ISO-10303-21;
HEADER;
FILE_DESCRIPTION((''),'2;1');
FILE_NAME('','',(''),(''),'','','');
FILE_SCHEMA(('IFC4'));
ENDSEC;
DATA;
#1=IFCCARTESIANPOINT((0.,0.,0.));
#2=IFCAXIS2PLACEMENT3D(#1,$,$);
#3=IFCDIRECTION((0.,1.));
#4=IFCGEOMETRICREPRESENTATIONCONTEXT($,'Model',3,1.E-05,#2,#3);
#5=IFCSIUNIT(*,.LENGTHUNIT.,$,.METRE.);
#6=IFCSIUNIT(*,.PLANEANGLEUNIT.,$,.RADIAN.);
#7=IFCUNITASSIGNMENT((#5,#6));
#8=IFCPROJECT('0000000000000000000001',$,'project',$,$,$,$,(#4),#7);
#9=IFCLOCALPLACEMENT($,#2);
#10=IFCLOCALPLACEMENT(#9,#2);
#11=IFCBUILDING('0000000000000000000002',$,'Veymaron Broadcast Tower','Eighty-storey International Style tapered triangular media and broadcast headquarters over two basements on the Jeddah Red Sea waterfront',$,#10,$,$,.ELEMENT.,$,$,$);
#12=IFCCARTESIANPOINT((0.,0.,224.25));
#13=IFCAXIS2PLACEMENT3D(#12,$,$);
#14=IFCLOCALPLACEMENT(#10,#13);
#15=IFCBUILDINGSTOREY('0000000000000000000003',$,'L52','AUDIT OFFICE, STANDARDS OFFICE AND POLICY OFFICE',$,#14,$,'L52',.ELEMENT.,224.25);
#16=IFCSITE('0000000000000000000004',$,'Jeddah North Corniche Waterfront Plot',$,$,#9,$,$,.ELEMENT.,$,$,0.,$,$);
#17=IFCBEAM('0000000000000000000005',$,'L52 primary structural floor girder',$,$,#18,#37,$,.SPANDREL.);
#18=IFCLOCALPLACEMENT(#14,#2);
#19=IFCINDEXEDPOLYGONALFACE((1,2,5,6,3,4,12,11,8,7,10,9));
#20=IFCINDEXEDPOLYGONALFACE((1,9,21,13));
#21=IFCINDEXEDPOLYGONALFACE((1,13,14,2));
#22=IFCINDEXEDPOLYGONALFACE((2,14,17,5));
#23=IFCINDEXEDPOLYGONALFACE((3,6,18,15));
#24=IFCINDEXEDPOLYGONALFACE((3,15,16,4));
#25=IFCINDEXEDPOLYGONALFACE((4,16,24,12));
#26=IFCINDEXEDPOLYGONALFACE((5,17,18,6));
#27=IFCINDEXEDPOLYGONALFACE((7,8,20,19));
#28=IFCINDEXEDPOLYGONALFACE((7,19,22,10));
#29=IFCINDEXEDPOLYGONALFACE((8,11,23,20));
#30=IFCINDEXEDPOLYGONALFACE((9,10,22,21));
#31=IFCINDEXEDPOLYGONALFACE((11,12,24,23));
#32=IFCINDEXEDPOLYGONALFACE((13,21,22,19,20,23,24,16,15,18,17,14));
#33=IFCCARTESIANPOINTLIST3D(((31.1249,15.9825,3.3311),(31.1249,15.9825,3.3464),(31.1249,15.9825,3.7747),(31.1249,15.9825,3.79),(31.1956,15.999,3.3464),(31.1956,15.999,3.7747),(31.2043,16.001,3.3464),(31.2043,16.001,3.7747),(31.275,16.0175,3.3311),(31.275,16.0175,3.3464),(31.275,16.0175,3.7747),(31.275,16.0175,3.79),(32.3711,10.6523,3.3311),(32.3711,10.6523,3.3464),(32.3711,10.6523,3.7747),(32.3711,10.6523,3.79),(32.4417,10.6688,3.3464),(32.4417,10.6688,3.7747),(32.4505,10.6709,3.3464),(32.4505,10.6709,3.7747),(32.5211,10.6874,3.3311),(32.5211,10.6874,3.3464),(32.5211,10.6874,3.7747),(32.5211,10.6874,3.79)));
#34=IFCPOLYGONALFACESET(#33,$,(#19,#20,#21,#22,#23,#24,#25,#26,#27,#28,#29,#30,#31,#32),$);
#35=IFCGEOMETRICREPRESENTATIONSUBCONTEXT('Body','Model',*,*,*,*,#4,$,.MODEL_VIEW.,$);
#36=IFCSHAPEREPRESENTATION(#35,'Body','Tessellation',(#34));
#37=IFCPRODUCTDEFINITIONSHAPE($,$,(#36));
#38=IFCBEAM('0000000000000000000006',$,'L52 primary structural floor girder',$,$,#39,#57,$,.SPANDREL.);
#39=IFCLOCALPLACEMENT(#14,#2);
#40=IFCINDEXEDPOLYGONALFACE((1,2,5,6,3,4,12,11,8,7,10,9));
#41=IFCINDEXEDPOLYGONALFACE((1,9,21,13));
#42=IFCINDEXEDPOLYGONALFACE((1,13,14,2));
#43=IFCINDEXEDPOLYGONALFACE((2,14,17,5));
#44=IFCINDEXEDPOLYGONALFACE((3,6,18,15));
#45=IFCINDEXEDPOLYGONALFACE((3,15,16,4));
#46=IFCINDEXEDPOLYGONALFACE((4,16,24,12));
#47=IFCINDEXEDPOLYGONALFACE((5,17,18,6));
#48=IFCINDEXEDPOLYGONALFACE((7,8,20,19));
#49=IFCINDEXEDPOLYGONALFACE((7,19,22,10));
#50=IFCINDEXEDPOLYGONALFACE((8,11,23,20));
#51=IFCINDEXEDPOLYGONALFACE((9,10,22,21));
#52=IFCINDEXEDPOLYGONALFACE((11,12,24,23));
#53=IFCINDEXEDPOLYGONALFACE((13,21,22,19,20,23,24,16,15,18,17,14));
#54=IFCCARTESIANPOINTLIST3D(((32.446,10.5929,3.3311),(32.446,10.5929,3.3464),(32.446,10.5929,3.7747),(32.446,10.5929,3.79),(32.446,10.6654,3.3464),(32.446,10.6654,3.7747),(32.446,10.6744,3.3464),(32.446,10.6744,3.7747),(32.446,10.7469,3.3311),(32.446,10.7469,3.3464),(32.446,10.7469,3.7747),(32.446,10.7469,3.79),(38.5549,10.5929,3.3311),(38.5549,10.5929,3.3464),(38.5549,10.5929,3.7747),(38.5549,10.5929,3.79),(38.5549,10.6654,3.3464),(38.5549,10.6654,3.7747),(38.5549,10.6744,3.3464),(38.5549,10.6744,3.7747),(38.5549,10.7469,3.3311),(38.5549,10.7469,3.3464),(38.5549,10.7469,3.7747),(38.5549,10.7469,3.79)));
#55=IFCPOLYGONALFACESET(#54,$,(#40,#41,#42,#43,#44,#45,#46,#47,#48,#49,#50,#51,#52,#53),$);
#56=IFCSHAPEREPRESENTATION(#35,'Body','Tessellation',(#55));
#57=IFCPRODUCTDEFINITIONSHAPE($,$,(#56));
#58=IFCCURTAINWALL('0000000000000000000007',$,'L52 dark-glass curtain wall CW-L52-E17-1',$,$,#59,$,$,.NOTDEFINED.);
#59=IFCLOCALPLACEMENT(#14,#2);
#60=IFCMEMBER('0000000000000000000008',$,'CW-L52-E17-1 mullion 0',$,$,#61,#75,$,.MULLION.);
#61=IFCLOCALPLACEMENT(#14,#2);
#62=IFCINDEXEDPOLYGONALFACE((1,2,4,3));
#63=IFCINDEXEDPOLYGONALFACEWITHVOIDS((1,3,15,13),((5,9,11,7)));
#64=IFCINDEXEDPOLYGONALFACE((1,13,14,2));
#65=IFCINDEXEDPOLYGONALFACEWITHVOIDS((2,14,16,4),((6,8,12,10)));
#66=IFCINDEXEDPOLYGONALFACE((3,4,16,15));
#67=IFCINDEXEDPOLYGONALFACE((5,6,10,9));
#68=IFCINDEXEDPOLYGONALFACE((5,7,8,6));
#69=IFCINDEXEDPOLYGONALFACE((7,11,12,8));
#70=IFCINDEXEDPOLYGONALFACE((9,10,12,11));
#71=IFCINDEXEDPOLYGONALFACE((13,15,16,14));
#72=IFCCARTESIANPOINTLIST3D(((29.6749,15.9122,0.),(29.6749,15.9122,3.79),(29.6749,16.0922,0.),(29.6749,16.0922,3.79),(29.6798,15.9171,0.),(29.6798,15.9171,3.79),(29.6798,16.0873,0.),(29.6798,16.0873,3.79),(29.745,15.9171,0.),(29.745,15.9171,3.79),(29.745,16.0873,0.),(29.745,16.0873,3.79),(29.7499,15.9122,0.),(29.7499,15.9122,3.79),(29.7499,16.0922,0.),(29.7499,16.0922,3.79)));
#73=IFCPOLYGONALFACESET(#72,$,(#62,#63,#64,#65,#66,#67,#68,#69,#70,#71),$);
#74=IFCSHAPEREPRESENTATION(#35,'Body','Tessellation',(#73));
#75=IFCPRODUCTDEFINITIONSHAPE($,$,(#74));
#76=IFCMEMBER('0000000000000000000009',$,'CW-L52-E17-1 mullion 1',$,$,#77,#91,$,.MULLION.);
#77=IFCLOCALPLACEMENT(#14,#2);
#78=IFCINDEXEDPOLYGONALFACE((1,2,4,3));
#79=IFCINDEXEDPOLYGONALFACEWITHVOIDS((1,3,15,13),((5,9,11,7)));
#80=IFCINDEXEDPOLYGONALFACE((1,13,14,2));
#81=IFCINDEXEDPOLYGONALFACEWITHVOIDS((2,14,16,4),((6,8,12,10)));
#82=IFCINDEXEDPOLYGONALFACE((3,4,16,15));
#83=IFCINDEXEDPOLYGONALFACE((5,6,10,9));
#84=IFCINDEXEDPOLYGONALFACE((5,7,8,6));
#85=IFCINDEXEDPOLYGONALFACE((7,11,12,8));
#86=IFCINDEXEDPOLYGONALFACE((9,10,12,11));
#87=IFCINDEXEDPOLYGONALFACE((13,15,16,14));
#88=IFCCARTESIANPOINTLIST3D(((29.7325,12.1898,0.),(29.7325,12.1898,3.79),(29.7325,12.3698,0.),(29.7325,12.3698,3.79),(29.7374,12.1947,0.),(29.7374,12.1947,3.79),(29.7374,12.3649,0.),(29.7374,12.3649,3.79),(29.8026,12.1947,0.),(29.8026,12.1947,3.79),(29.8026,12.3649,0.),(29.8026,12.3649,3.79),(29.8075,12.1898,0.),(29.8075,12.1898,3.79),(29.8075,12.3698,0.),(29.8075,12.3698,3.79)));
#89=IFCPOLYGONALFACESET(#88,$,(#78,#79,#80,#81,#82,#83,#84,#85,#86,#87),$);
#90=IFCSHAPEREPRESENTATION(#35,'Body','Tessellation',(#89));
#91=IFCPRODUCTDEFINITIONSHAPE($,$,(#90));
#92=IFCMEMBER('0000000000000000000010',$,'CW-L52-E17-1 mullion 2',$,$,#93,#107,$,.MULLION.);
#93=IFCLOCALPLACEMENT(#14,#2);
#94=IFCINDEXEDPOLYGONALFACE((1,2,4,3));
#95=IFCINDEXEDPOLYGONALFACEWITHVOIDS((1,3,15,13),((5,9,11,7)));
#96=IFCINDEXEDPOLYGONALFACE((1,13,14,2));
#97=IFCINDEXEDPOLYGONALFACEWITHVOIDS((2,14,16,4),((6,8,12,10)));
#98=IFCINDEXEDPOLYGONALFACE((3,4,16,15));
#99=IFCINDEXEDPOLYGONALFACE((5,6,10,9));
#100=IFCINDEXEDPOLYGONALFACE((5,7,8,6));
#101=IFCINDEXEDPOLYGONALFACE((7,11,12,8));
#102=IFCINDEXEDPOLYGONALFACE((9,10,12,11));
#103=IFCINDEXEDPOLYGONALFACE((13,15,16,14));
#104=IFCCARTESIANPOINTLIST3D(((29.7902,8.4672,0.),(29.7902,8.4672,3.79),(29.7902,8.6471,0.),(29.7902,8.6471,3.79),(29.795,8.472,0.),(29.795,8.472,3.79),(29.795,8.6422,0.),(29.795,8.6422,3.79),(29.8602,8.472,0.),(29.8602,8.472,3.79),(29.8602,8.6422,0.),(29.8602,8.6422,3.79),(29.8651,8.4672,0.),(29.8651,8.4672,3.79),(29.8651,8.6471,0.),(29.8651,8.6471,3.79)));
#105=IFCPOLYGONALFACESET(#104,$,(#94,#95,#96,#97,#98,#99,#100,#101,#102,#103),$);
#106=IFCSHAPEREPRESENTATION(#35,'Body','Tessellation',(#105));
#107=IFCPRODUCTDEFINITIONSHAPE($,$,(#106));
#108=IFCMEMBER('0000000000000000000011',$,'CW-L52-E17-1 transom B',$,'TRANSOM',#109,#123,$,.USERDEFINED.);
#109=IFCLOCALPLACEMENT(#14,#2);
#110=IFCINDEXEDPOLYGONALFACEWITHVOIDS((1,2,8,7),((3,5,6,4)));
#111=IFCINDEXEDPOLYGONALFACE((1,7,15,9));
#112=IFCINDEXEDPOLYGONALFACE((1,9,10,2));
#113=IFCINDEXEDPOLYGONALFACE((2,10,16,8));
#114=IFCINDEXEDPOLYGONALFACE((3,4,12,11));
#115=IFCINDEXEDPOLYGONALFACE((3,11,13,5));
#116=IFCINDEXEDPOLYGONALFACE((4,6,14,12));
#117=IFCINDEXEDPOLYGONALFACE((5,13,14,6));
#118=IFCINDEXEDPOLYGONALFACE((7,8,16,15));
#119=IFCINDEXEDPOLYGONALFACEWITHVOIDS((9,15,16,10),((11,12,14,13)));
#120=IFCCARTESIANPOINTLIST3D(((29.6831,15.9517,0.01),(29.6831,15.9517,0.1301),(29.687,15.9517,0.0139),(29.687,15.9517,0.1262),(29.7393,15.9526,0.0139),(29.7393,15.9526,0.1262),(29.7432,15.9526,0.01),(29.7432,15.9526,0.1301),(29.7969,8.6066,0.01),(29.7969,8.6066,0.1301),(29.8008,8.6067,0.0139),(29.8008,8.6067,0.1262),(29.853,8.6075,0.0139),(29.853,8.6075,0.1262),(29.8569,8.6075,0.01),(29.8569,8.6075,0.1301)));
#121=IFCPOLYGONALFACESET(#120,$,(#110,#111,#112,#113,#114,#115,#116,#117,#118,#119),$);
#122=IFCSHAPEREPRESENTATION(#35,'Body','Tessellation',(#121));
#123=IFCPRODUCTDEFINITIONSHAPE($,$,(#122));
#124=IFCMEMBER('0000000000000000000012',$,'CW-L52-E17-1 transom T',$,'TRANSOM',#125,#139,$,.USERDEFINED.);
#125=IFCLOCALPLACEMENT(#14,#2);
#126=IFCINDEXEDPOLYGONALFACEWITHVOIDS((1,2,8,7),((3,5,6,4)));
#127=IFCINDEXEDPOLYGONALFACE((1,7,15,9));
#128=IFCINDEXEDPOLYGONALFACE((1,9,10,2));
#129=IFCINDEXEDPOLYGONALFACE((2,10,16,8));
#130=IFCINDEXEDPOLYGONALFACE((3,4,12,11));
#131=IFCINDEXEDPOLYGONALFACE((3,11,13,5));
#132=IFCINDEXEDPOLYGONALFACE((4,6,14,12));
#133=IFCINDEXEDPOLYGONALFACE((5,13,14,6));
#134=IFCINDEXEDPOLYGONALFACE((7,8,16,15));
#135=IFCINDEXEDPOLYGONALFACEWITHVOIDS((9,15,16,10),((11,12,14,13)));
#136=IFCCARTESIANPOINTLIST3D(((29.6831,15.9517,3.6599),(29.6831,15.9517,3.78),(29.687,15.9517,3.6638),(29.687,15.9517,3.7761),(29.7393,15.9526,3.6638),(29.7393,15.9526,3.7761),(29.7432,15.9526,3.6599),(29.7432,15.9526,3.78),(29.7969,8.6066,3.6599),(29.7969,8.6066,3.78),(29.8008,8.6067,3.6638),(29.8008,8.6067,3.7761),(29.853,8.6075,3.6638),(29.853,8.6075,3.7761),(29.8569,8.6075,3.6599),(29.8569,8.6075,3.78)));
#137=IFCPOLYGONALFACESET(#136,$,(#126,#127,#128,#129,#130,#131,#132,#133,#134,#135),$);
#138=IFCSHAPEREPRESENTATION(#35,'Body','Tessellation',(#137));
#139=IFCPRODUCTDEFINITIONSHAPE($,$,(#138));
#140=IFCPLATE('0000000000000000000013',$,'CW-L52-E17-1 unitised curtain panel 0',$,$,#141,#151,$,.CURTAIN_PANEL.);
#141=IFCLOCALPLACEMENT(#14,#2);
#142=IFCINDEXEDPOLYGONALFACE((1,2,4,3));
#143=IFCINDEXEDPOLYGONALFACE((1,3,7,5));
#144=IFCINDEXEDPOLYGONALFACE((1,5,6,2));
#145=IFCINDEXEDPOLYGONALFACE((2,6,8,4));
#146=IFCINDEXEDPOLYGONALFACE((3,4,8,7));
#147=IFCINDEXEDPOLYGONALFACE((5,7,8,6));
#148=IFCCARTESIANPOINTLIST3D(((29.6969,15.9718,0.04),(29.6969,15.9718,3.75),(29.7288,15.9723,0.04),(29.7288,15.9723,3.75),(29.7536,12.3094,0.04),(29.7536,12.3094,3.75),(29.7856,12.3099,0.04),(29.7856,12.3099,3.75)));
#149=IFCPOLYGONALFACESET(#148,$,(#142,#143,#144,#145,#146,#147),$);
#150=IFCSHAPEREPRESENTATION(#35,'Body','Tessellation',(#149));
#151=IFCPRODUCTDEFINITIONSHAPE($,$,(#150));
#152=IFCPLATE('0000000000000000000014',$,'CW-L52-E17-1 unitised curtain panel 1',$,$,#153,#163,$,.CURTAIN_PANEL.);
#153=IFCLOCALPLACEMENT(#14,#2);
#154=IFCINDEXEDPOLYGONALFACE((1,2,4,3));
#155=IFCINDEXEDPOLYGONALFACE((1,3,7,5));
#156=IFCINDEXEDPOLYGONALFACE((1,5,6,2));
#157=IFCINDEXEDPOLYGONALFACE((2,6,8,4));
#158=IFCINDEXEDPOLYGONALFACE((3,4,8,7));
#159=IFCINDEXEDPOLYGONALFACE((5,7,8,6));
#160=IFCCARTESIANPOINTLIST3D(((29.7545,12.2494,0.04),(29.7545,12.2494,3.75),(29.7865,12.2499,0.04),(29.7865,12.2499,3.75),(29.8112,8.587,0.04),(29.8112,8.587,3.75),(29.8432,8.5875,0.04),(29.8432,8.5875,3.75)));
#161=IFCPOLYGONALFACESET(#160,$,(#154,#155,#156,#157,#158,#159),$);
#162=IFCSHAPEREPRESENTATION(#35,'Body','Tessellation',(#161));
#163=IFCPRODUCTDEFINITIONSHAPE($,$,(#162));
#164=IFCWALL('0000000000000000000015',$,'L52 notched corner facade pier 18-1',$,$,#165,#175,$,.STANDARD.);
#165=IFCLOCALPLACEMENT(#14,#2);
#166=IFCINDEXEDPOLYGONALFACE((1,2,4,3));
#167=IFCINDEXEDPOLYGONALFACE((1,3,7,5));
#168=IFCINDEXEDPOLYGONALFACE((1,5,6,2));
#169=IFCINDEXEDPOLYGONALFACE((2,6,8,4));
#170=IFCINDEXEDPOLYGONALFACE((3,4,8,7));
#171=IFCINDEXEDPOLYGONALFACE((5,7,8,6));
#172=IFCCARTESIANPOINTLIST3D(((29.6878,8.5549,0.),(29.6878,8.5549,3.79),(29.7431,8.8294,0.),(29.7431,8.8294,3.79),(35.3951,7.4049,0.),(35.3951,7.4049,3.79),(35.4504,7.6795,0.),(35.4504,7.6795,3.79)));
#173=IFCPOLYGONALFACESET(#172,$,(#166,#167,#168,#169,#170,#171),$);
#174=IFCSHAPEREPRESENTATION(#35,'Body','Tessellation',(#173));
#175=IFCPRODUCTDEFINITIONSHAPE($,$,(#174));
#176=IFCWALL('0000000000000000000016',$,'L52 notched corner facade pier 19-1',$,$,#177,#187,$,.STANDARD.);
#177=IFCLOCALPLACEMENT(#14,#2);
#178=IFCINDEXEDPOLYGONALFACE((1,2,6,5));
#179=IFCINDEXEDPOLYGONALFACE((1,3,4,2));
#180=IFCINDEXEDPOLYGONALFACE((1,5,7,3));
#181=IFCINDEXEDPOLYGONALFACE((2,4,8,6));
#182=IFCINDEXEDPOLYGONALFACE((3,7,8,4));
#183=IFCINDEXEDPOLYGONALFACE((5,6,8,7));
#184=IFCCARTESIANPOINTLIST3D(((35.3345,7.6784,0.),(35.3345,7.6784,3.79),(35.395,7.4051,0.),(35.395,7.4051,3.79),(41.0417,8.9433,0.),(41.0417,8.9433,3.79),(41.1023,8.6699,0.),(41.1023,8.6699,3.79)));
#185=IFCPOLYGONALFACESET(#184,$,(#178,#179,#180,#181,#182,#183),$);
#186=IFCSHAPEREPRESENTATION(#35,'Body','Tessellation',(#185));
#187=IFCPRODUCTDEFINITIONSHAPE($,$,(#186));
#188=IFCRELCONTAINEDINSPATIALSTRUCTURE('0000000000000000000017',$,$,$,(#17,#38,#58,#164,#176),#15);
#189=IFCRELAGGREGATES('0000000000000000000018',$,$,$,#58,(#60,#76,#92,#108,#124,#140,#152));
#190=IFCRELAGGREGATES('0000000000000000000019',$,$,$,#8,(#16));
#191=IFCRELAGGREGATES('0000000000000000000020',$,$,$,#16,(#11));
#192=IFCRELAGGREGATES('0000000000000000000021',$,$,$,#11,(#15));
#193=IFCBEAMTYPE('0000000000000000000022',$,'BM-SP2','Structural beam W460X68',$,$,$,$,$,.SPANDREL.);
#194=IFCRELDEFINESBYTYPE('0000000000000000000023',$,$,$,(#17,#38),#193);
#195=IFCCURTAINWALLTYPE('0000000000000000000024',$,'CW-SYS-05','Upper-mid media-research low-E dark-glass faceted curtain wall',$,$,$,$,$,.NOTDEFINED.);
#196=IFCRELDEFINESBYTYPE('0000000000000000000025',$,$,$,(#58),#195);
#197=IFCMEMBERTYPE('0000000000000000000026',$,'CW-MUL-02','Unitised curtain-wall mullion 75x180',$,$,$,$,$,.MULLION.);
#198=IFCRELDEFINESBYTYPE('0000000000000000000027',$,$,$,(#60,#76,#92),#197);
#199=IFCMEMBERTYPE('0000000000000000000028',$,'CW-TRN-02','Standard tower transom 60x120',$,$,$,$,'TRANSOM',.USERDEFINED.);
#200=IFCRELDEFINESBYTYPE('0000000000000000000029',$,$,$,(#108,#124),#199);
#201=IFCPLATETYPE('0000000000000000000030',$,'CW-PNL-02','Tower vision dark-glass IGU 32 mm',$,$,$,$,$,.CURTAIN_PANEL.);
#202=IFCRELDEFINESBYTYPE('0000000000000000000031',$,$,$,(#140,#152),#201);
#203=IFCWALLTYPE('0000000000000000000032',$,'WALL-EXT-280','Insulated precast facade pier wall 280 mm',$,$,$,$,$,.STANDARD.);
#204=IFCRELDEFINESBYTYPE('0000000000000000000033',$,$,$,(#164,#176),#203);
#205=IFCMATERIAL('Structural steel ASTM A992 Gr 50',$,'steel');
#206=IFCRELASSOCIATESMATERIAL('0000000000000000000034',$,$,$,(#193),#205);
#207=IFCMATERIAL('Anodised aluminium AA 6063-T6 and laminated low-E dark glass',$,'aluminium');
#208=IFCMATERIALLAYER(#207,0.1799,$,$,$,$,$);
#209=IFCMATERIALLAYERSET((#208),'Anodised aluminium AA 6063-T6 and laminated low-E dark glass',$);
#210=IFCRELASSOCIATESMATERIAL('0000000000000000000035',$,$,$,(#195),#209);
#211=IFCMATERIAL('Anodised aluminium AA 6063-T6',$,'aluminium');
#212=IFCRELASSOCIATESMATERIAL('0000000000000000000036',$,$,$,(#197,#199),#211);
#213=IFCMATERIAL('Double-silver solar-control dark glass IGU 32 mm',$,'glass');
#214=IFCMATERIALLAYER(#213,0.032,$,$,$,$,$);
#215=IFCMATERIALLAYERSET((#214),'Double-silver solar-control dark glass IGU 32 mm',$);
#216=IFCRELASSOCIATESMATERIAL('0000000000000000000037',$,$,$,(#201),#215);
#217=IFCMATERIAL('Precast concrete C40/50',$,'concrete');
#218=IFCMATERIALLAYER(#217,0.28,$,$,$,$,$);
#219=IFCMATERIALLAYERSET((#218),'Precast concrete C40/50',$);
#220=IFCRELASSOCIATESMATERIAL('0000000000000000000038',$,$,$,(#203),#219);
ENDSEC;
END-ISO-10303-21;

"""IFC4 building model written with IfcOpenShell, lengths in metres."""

from ifc_helpers import new_model, si_unit, direction, frame, frame_2d, origin, origin_2d, place, context, subcontext, project, spatial, rectangle, hollow_rectangle, i_section, extrude, material, layer, layer_set, material_profile, profile_set, type_object, element, aggregate, save


model = new_model("IFC4")

# Units and contexts
model_context = context("Model", 3, precision=1e-05, world=origin(), true_north=direction((0.0, 1.0)))
body_context = subcontext(model_context, "Body", "Model", "MODEL_VIEW")
ifc_project = project(units=[si_unit("LENGTHUNIT", "METRE"), si_unit("PLANEANGLEUNIT", "RADIAN")], contexts=[model_context])

# Site, building, storey
site_placement = place(None, origin())
site = spatial("IfcSite", under=ifc_project, at=site_placement, Name="Jeddah North Corniche Waterfront Plot", CompositionType="ELEMENT", RefElevation=0.0)
building_placement = place(site_placement, origin())
building = spatial("IfcBuilding", under=site, at=building_placement, Name="Veymaron Broadcast Tower", Description="Eighty-storey International Style tapered triangular media and broadcast headquarters over two basements on the Jeddah Red Sea waterfront", CompositionType="ELEMENT")
storey_placement = place(building_placement, frame((0.0, 0.0, 224.25)))
storey = spatial("IfcBuildingStorey", under=building, at=storey_placement, Name="L52", Description="AUDIT OFFICE, STANDARDS OFFICE AND POLICY OFFICE", LongName="L52", CompositionType="ELEMENT", Elevation=224.25)

# Shared definitions
ifc_material_1 = material(Name="Structural steel ASTM A992 Gr 50", Category="steel")

# Beams
ifc_material_profile_1 = material_profile(ifc_material_1, i_section(OverallWidth=0.1541, OverallDepth=0.459, WebThickness=0.009, FlangeThickness=0.0154, at=origin_2d()), Name="W460X68")
ifc_profile_set_1 = profile_set([ifc_material_profile_1], Name="Structural steel ASTM A992 Gr 50")
beam_type_1 = type_object("IfcBeamType", Name="BM-SP2", Description="Structural beam W460X68", PredefinedType="SPANDREL", material=ifc_profile_set_1)
beam_1_placement = place(storey_placement, frame((31.2, 16.0, 3.5605), z_axis=(0.227647, -0.973744, 0.0), x_axis=(0.973744, 0.227647, 0.0)))
element("IfcBeam", 1, at=beam_1_placement, inside=storey, type_object=beam_type_1, Name="L52 primary structural floor girder", PredefinedType="SPANDREL", context=body_context, shape_type="SweptSolid", body=[
    extrude(i_section(OverallWidth=0.1541, OverallDepth=0.459, WebThickness=0.009, FlangeThickness=0.0154, at=origin_2d()), origin(), (0.0, 0.0, 1.0), 5.4739),
])
beam_2_placement = place(storey_placement, frame((32.446, 10.6699, 3.5605), z_axis=(1.0, 0.0, 0.0), x_axis=(0.0, 1.0, 0.0)))
element("IfcBeam", 2, at=beam_2_placement, inside=storey, type_object=beam_type_1, Name="L52 primary structural floor girder", PredefinedType="SPANDREL", context=body_context, shape_type="SweptSolid", body=[
    extrude(i_section(OverallWidth=0.1541, OverallDepth=0.459, WebThickness=0.009, FlangeThickness=0.0154, at=origin_2d()), origin(), (0.0, 0.0, 1.0), 6.1089),
])

# Curtain wall, members, plates
ifc_material_2 = material(Name="Anodised aluminium AA 6063-T6 and laminated low-E dark glass", Category="aluminium")
ifc_layer_1 = layer(ifc_material_2, 0.1799)
ifc_layer_set_1 = layer_set([ifc_layer_1], Name="Anodised aluminium AA 6063-T6 and laminated low-E dark glass")
curtain_wall_type = type_object("IfcCurtainWallType", Name="CW-SYS-05", Description="Upper-mid media-research low-E dark-glass faceted curtain wall", PredefinedType="NOTDEFINED", material=ifc_layer_set_1)
curtain_wall_placement = place(storey_placement, origin())
curtain_wall = element("IfcCurtainWall", 3, at=curtain_wall_placement, inside=storey, type_object=curtain_wall_type, Name="L52 dark-glass curtain wall CW-L52-E17-1", PredefinedType="NOTDEFINED")
ifc_material_3 = material(Name="Anodised aluminium AA 6063-T6", Category="aluminium")
ifc_material_profile_2 = material_profile(ifc_material_3, hollow_rectangle(XDim=0.075, YDim=0.1799, WallThickness=0.0049, at=origin_2d()), Name="AL180X75X5")
ifc_profile_set_2 = profile_set([ifc_material_profile_2], Name="Anodised aluminium AA 6063-T6")
member_type_1 = type_object("IfcMemberType", Name="CW-MUL-02", Description="Unitised curtain-wall mullion 75x180", PredefinedType="MULLION", material=ifc_profile_set_2)
member_1_placement = place(storey_placement, frame((29.7124, 16.0022, 0.0), z_axis=(0.0, 0.0, 1.0), x_axis=(1.0, 0.0, 0.0)))
member_1 = element("IfcMember", 4, at=member_1_placement, type_object=member_type_1, Name="CW-L52-E17-1 mullion 0", PredefinedType="MULLION", context=body_context, shape_type="SweptSolid", body=[
    extrude(hollow_rectangle(XDim=0.075, YDim=0.1799, WallThickness=0.0049, at=origin_2d()), origin(), (0.0, 0.0, 1.0), 3.79),
])
member_2_placement = place(storey_placement, frame((29.77, 12.2798, 0.0), z_axis=(0.0, 0.0, 1.0), x_axis=(1.0, 0.0, 0.0)))
member_2 = element("IfcMember", 5, at=member_2_placement, type_object=member_type_1, Name="CW-L52-E17-1 mullion 1", PredefinedType="MULLION", context=body_context, shape_type="SweptSolid", body=[
    extrude(hollow_rectangle(XDim=0.075, YDim=0.1799, WallThickness=0.0049, at=origin_2d()), origin(), (0.0, 0.0, 1.0), 3.79),
])
member_3_placement = place(storey_placement, frame((29.8276, 8.5571, 0.0), z_axis=(0.0, 0.0, 1.0), x_axis=(1.0, 0.0, 0.0)))
member_3 = element("IfcMember", 6, at=member_3_placement, type_object=member_type_1, Name="CW-L52-E17-1 mullion 2", PredefinedType="MULLION", context=body_context, shape_type="SweptSolid", body=[
    extrude(hollow_rectangle(XDim=0.075, YDim=0.1799, WallThickness=0.0049, at=origin_2d()), origin(), (0.0, 0.0, 1.0), 3.79),
])
ifc_material_profile_3 = material_profile(ifc_material_3, hollow_rectangle(XDim=0.0601, YDim=0.1201, WallThickness=0.0039, at=origin_2d()), Name="AL120X60X4")
ifc_profile_set_3 = profile_set([ifc_material_profile_3], Name="Anodised aluminium AA 6063-T6")
member_type_2 = type_object("IfcMemberType", Name="CW-TRN-02", Description="Standard tower transom 60x120", ElementType="TRANSOM", PredefinedType="USERDEFINED", material=ifc_profile_set_3)
member_4_placement = place(storey_placement, frame((29.7131, 15.9521, 0.0701), z_axis=(0.015488, -0.99988, 0.0), x_axis=(0.99988, 0.015488, 0.0)))
member_4 = element("IfcMember", 7, at=member_4_placement, type_object=member_type_2, Name="CW-L52-E17-1 transom B", ObjectType="TRANSOM", PredefinedType="USERDEFINED", context=body_context, shape_type="SweptSolid", body=[
    extrude(hollow_rectangle(XDim=0.0601, YDim=0.1201, WallThickness=0.0039, at=origin_2d()), origin(), (0.0, 0.0, 1.0), 7.3459),
])
member_5_placement = place(storey_placement, frame((29.7131, 15.9521, 3.72), z_axis=(0.015488, -0.99988, 0.0), x_axis=(0.99988, 0.015488, 0.0)))
member_5 = element("IfcMember", 8, at=member_5_placement, type_object=member_type_2, Name="CW-L52-E17-1 transom T", ObjectType="TRANSOM", PredefinedType="USERDEFINED", context=body_context, shape_type="SweptSolid", body=[
    extrude(hollow_rectangle(XDim=0.0601, YDim=0.1201, WallThickness=0.0039, at=origin_2d()), origin(), (0.0, 0.0, 1.0), 7.3459),
])
ifc_material_4 = material(Name="Double-silver solar-control dark glass IGU 32 mm", Category="glass")
ifc_layer_2 = layer(ifc_material_4, 0.032)
ifc_layer_set_2 = layer_set([ifc_layer_2], Name="Double-silver solar-control dark glass IGU 32 mm")
plate_type = type_object("IfcPlateType", Name="CW-PNL-02", Description="Tower vision dark-glass IGU 32 mm", PredefinedType="CURTAIN_PANEL", material=ifc_layer_set_2)
plate_1_placement = place(storey_placement, frame((29.7412, 14.1409, 0.04), z_axis=(0.0, 0.0, 1.0), x_axis=(0.01548, -0.99988, 0.0)))
plate_1 = element("IfcPlate", 9, at=plate_1_placement, type_object=plate_type, Name="CW-L52-E17-1 unitised curtain panel 0", PredefinedType="CURTAIN_PANEL", context=body_context, shape_type="SweptSolid", body=[
    extrude(rectangle(XDim=3.6628, YDim=0.032, at=origin_2d()), origin(), (0.0, 0.0, 1.0), 3.71),
])
plate_2_placement = place(storey_placement, frame((29.7988, 10.4185, 0.04), z_axis=(0.0, 0.0, 1.0), x_axis=(0.01548, -0.99988, 0.0)))
plate_2 = element("IfcPlate", 10, at=plate_2_placement, type_object=plate_type, Name="CW-L52-E17-1 unitised curtain panel 1", PredefinedType="CURTAIN_PANEL", context=body_context, shape_type="SweptSolid", body=[
    extrude(rectangle(XDim=3.6628, YDim=0.032, at=origin_2d()), origin(), (0.0, 0.0, 1.0), 3.71),
])
aggregate(curtain_wall, [member_1, member_2, member_3, member_4, member_5, plate_1, plate_2])

# Walls
ifc_material_5 = material(Name="Precast concrete C40/50", Category="concrete")
ifc_layer_3 = layer(ifc_material_5, 0.28)
ifc_layer_set_3 = layer_set([ifc_layer_3], Name="Precast concrete C40/50")
wall_type_1 = type_object("IfcWallType", Name="WALL-EXT-280", Description="Insulated precast facade pier wall 280 mm", PredefinedType="STANDARD", material=ifc_layer_set_3)
wall_1_placement = place(storey_placement, frame((29.7153, 8.6921, 0.0), z_axis=(0.0, 0.0, 1.0), x_axis=(0.980301, -0.197511, 0.0)))
element("IfcWall", 11, at=wall_1_placement, inside=storey, type_object=wall_type_1, Name="L52 notched corner facade pier 18-1", PredefinedType="STANDARD", context=body_context, shape_type="SweptSolid", body=[
    extrude(rectangle(XDim=5.822, YDim=0.28, at=frame_2d((2.9111, 0.0))), origin(), (0.0, 0.0, 1.0), 3.79),
])
wall_2_placement = place(storey_placement, frame((35.3647, 7.5417, 0.0), z_axis=(0.0, 0.0, 1.0), x_axis=(0.97631, 0.216378, 0.0)))
element("IfcWall", 12, at=wall_2_placement, inside=storey, type_object=wall_type_1, Name="L52 notched corner facade pier 19-1", PredefinedType="STANDARD", context=body_context, shape_type="SweptSolid", body=[
    extrude(rectangle(XDim=5.8457, YDim=0.28, at=frame_2d((2.9229, 0.0))), origin(), (0.0, 0.0, 1.0), 3.79),
])

save(model, "model.ifc")
